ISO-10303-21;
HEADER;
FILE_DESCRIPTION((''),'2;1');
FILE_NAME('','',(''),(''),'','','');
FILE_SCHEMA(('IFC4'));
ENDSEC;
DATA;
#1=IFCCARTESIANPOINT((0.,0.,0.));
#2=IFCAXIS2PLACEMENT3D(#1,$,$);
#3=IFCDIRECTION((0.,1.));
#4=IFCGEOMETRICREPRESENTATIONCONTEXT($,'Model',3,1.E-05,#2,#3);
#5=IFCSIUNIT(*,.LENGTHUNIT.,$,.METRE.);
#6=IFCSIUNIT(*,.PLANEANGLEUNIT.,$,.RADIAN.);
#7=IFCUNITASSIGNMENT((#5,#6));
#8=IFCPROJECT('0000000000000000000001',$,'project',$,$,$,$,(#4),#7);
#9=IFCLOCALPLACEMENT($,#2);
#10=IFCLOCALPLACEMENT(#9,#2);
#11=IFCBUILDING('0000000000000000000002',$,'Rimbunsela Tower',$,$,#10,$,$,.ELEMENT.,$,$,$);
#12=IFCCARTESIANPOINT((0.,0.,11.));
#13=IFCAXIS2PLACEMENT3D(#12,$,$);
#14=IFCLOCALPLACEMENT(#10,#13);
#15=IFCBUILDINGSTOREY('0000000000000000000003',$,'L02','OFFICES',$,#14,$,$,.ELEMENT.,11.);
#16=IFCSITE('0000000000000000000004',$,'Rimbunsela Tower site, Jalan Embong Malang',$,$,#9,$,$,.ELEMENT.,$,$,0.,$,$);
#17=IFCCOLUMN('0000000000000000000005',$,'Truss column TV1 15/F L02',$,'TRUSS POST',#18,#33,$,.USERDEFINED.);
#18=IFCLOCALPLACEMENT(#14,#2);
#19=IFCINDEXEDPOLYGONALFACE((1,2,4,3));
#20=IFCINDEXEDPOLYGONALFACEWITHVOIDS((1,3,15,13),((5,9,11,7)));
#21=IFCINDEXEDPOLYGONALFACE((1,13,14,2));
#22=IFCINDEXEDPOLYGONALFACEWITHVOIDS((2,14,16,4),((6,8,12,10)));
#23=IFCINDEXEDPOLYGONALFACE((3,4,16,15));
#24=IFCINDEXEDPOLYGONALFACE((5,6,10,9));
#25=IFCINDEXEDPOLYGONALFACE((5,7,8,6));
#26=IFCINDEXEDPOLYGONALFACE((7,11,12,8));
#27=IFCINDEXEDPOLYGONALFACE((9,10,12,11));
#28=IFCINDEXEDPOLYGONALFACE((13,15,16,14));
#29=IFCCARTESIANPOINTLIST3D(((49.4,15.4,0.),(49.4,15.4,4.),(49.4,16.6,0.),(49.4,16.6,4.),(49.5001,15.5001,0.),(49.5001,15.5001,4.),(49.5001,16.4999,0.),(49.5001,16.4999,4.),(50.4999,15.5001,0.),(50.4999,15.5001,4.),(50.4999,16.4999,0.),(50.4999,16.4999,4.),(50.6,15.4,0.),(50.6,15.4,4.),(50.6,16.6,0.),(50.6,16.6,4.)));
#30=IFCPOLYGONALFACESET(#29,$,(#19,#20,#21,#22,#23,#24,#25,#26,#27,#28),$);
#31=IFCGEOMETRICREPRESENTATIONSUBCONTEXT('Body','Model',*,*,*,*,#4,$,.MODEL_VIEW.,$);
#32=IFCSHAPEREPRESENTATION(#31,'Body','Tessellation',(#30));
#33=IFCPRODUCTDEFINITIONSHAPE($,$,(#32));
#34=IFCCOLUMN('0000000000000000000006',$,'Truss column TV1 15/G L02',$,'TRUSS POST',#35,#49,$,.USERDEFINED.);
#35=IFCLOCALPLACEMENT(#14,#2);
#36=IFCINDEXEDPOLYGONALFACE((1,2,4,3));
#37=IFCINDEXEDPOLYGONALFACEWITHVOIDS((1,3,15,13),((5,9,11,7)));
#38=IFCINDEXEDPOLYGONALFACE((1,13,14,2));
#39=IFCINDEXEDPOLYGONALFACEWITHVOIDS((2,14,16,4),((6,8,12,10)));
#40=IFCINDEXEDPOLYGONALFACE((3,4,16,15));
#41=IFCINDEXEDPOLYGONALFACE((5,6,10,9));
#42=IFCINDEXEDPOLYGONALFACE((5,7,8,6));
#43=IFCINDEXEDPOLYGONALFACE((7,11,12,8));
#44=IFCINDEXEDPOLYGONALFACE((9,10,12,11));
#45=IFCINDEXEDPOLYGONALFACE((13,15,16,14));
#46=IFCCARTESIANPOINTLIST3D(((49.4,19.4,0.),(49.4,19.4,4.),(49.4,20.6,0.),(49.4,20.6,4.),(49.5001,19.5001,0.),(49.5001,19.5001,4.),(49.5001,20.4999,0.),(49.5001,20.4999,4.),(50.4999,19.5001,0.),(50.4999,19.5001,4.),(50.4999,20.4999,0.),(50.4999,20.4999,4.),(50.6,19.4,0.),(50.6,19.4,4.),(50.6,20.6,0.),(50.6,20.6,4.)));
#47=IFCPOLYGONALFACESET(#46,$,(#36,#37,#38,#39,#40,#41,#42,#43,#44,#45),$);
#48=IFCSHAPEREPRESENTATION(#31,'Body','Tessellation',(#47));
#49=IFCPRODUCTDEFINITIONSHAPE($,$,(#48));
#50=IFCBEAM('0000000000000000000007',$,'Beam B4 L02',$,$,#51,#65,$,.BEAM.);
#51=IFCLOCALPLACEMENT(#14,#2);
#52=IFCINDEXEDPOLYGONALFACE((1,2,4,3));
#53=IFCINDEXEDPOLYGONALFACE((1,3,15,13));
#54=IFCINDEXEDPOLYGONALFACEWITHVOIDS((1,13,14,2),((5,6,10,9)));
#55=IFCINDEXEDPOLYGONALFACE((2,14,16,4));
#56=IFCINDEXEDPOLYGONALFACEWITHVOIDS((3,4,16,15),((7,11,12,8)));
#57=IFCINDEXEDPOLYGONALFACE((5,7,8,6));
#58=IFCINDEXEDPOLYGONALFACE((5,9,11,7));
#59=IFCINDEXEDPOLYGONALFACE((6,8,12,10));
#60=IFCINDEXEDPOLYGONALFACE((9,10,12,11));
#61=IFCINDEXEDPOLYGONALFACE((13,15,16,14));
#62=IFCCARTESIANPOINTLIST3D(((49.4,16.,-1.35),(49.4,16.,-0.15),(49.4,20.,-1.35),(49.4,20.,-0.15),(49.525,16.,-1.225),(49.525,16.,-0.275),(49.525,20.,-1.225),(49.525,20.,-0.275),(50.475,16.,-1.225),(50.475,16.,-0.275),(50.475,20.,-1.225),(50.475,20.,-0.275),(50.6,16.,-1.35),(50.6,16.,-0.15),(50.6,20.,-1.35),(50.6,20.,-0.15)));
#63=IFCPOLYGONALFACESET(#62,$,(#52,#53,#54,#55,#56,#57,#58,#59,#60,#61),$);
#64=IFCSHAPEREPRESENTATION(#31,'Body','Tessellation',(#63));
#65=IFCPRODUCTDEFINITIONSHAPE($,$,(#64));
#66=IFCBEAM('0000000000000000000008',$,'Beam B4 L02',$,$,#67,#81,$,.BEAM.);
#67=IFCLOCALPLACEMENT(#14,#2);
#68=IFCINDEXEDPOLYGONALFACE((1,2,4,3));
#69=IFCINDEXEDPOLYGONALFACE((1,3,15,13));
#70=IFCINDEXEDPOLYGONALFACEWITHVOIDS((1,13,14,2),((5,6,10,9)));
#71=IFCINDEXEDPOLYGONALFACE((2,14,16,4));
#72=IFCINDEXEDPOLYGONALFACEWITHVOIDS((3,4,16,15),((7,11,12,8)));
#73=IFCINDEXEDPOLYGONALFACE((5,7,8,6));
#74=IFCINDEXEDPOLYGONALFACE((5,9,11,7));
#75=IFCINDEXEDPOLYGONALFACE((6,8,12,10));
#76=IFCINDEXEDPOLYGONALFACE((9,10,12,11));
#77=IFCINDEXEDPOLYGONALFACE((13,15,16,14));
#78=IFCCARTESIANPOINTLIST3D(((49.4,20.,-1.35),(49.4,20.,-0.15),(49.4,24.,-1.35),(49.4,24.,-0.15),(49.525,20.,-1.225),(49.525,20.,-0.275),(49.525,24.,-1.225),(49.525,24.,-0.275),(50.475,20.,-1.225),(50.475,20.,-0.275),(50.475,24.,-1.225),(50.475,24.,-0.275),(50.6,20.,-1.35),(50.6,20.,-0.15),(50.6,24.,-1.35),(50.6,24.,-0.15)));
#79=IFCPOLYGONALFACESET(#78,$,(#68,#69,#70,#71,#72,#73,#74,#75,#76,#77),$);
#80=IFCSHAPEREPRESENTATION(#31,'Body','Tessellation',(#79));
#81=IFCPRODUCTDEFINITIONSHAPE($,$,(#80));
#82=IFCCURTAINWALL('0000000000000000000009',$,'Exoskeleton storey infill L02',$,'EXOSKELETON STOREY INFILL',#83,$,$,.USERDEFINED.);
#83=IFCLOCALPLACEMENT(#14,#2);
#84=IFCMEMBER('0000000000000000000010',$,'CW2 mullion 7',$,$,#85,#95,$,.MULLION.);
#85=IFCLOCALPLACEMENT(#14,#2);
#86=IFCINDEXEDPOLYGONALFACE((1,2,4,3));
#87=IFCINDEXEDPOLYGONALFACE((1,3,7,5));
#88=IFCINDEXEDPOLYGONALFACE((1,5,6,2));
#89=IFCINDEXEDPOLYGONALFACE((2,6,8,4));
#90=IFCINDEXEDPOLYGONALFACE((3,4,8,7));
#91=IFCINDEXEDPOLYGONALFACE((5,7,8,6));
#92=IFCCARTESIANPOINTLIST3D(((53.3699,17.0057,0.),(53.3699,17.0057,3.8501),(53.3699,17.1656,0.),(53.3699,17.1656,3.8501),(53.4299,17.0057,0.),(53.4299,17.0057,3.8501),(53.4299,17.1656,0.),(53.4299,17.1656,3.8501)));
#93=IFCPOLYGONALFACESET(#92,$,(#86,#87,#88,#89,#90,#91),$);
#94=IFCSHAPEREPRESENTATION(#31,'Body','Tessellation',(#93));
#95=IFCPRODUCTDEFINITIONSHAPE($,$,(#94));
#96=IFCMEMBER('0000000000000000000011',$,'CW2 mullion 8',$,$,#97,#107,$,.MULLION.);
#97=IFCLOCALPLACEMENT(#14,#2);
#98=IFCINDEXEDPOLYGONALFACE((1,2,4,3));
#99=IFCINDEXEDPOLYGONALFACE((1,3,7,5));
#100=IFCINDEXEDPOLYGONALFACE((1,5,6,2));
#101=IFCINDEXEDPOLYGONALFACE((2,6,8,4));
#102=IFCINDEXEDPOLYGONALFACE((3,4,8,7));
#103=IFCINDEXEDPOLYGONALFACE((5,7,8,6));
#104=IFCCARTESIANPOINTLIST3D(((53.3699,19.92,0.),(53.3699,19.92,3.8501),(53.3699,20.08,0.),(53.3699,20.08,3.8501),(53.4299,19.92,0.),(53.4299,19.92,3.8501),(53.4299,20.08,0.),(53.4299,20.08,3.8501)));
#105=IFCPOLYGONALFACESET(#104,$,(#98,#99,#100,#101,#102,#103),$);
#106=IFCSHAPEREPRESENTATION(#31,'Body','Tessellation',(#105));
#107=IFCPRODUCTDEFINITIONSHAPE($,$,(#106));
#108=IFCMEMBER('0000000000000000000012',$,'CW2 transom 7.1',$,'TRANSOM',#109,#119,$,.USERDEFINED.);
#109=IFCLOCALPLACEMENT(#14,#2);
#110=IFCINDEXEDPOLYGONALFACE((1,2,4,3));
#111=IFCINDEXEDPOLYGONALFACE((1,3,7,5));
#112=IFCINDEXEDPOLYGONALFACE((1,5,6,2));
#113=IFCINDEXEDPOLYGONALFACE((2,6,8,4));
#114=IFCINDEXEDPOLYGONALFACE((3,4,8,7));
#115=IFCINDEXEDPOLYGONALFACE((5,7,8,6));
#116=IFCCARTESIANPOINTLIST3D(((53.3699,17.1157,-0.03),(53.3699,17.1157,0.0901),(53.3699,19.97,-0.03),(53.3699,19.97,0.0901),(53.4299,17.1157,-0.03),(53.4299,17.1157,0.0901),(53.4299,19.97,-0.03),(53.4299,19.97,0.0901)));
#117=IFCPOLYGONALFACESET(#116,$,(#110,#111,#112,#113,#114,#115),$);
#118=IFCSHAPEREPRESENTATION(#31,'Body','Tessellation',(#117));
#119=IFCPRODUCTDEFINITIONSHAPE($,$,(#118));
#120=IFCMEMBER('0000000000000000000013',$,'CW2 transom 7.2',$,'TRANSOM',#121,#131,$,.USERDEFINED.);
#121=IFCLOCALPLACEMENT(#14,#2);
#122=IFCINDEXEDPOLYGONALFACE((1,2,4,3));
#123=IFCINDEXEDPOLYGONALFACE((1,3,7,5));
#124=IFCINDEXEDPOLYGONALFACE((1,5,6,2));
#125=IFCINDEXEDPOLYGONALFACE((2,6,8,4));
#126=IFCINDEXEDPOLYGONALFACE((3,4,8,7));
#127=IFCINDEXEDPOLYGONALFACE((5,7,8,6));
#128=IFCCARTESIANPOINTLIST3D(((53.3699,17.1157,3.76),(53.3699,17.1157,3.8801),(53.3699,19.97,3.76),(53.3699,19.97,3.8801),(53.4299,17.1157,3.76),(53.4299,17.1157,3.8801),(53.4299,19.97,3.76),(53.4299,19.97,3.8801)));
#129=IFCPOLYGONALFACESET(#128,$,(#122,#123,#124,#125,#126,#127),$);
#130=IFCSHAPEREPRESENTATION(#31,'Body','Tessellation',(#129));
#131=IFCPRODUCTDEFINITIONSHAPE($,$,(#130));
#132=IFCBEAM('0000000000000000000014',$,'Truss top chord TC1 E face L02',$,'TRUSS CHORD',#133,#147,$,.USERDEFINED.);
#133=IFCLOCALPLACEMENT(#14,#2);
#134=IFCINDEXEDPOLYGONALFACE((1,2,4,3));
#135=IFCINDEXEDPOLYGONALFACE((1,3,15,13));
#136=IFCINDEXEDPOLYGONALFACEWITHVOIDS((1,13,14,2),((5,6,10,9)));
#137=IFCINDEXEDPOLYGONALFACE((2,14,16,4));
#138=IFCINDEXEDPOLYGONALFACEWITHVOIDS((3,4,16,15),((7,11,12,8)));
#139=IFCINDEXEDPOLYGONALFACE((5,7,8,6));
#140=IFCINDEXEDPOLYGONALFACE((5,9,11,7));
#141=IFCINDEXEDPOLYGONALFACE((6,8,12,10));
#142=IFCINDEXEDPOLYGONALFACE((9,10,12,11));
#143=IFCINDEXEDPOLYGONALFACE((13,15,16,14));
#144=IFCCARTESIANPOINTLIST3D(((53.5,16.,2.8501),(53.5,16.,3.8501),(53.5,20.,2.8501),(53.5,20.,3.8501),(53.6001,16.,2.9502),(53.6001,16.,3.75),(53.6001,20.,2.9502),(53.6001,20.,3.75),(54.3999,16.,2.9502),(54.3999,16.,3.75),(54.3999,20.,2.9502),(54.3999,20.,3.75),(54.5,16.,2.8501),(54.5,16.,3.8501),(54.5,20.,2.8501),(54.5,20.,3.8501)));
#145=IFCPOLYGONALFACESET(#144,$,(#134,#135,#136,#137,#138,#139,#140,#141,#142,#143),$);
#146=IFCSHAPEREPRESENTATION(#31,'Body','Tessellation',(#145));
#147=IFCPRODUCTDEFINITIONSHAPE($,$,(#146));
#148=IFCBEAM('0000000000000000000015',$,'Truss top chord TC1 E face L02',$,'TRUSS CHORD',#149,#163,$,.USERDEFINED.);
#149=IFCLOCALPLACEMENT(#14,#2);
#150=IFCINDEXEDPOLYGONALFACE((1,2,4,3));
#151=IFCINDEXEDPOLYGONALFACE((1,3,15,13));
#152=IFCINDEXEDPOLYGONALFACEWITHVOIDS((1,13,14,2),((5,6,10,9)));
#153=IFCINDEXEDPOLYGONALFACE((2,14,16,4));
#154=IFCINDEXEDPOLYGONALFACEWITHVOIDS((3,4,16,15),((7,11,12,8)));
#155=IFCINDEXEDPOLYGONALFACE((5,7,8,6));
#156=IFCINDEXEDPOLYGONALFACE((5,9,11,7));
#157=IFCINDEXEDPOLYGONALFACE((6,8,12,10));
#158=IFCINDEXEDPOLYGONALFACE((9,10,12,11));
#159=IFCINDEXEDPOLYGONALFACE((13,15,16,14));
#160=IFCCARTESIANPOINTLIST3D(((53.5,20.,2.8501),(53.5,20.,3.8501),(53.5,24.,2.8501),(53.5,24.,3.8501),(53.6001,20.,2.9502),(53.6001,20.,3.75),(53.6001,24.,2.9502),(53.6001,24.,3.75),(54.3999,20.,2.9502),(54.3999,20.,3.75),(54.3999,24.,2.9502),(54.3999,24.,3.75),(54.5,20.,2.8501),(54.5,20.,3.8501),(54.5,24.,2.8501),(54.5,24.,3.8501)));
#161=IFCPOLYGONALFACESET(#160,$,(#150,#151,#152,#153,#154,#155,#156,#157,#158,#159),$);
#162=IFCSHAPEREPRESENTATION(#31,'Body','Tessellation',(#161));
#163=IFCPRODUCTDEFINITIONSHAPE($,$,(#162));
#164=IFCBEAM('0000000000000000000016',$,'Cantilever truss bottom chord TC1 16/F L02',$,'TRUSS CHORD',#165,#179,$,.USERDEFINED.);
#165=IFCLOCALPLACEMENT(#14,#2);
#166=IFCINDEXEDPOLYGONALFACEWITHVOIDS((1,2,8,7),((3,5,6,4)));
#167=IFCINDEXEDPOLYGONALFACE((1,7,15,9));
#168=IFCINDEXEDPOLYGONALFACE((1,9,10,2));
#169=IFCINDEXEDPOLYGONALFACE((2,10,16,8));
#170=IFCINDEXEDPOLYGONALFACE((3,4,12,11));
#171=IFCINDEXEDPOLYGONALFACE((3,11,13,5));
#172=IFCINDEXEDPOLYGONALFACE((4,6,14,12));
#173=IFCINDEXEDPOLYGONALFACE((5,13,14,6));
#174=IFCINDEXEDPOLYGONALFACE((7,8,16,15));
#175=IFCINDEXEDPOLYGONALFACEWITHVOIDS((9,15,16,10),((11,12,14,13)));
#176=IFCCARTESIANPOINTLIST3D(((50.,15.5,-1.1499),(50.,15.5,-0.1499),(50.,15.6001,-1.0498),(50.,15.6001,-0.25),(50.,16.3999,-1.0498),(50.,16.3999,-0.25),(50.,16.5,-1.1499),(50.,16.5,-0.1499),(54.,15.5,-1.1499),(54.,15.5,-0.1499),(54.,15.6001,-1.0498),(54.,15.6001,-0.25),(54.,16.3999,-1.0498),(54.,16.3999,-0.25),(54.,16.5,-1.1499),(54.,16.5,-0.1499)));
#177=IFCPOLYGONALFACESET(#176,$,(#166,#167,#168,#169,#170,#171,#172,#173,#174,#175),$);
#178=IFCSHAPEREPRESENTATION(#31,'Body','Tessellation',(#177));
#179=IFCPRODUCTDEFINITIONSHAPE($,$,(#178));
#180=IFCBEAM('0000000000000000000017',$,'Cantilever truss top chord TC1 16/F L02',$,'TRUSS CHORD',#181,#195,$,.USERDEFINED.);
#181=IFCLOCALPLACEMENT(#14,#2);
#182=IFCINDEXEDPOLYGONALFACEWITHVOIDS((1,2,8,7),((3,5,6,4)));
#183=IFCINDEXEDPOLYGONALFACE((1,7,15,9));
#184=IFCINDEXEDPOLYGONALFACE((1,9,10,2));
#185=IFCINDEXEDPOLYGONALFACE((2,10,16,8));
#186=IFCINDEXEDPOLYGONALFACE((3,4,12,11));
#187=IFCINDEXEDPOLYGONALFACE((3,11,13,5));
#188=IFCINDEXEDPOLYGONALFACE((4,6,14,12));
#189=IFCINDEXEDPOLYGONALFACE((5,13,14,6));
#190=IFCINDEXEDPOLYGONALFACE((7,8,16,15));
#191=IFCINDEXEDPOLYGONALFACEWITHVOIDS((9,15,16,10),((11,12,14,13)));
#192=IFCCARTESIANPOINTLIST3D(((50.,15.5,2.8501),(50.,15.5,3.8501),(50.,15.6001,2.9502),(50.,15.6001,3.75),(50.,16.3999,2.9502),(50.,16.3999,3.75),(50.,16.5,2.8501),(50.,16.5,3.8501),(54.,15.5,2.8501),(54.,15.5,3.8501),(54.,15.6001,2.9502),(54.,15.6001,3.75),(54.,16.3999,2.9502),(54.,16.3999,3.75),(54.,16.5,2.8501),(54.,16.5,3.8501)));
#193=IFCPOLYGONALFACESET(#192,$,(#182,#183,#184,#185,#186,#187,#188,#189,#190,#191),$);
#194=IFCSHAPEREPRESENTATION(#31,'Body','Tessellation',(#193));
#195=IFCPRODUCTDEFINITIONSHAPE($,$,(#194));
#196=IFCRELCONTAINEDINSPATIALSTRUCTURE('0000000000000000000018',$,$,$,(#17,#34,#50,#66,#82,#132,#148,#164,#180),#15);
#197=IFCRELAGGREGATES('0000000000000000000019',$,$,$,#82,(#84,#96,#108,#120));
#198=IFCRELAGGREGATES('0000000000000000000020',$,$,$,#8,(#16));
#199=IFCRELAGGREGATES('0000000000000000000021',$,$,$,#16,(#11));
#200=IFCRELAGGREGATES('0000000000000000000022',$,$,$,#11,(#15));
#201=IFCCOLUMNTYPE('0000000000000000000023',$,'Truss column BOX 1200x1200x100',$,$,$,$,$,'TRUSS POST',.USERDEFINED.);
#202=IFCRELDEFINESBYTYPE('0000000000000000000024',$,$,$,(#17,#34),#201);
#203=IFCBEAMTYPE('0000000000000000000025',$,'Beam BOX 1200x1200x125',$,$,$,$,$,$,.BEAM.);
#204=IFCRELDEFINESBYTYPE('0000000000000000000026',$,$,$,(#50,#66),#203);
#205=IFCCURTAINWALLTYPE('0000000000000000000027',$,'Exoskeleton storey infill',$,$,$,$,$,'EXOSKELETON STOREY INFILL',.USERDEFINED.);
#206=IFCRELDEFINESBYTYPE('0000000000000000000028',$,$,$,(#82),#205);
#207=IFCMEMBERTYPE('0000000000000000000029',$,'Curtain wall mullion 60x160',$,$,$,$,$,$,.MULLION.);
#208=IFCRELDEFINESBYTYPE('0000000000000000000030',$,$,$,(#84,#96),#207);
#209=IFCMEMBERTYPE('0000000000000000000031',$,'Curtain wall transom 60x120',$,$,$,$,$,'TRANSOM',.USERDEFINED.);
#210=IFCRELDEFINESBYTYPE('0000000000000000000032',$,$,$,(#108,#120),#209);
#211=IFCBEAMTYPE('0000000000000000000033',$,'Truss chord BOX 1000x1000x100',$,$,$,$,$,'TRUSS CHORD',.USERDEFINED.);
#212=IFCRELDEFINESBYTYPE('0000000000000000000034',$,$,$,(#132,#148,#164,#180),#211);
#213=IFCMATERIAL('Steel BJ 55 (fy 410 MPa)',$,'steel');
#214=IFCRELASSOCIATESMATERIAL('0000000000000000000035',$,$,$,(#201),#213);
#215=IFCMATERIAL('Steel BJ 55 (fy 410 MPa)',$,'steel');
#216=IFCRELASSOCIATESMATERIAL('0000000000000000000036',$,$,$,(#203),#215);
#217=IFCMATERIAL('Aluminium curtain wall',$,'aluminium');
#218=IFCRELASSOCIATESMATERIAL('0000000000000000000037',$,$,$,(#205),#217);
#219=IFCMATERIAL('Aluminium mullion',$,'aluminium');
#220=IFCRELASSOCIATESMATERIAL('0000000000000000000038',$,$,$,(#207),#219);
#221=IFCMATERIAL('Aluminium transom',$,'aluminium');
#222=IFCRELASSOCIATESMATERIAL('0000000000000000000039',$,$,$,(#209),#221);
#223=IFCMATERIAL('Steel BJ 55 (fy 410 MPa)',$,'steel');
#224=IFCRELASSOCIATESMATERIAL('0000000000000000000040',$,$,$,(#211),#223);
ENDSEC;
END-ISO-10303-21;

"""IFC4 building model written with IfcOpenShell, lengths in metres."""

from ifc_helpers import new_model, si_unit, direction, frame, origin, origin_2d, place, context, subcontext, project, spatial, rectangle, hollow_rectangle, extrude, material, material_profile, profile_set, type_object, element, aggregate, save


model = new_model("IFC4")

# Units and contexts
model_context = context("Model", 3, precision=1e-05, world=origin(), true_north=direction((0.0, 1.0)))
body_context = subcontext(model_context, "Body", "Model", "MODEL_VIEW")
ifc_project = project(units=[si_unit("LENGTHUNIT", "METRE"), si_unit("PLANEANGLEUNIT", "RADIAN")], contexts=[model_context])

# Site, building, storey
site_placement = place(None, origin())
site = spatial("IfcSite", under=ifc_project, at=site_placement, Name="Rimbunsela Tower site, Jalan Embong Malang", CompositionType="ELEMENT", RefElevation=0.0)
building_placement = place(site_placement, origin())
building = spatial("IfcBuilding", under=site, at=building_placement, Name="Rimbunsela Tower", CompositionType="ELEMENT")
storey_placement = place(building_placement, frame((0.0, 0.0, 11.0)))
storey = spatial("IfcBuildingStorey", under=building, at=storey_placement, Name="L02", Description="OFFICES", CompositionType="ELEMENT", Elevation=11.0)

# Columns
ifc_material_1 = material(Name="Steel BJ 55 (fy 410 MPa)", Category="steel")
ifc_material_profile_1 = material_profile(ifc_material_1, hollow_rectangle(XDim=1.2, YDim=1.2, WallThickness=0.1001, at=origin_2d()), Name="BOX 1200x1200x100")
ifc_profile_set_1 = profile_set([ifc_material_profile_1], Name="Steel BJ 55 (fy 410 MPa)")
column_type = type_object("IfcColumnType", Name="Truss column BOX 1200x1200x100", ElementType="TRUSS POST", PredefinedType="USERDEFINED", material=ifc_profile_set_1)
for number, where, z_axis, x_axis, name in (
    (1, (50.0, 16.0, 0.0), (0.0, 0.0, 1.0), (1.0, 0.0, 0.0), "Truss column TV1 15/F L02"),
    (2, (50.0, 20.0, 0.0), (0.0, 0.0, 1.0), (1.0, 0.0, 0.0), "Truss column TV1 15/G L02"),
):
    element("IfcColumn", number, at=place(storey_placement, frame(where, z_axis=z_axis, x_axis=x_axis)), inside=storey, type_object=column_type, Name=name, ObjectType="TRUSS POST", PredefinedType="USERDEFINED", context=body_context, shape_type="SweptSolid", body=[
        extrude(hollow_rectangle(XDim=1.2, YDim=1.2, WallThickness=0.1001, at=origin_2d()), origin(), (0.0, 0.0, 1.0), 4.0),
    ])

# Beams
ifc_material_2 = material(Name="Steel BJ 55 (fy 410 MPa)", Category="steel")
ifc_material_profile_2 = material_profile(ifc_material_2, hollow_rectangle(XDim=1.2, YDim=1.2, WallThickness=0.125, at=origin_2d()), Name="BOX 1200x1200x125")
ifc_profile_set_2 = profile_set([ifc_material_profile_2], Name="Steel BJ 55 (fy 410 MPa)")
beam_type_1 = type_object("IfcBeamType", Name="Beam BOX 1200x1200x125", PredefinedType="BEAM", material=ifc_profile_set_2)
for number, where, z_axis, x_axis, name in (
    (3, (50.0, 16.0, -0.75), (0.0, 1.0, 0.0), (-1.0, 0.0, 0.0), "Beam B4 L02"),
    (4, (50.0, 20.0, -0.75), (0.0, 1.0, 0.0), (-1.0, 0.0, 0.0), "Beam B4 L02"),
):
    element("IfcBeam", number, at=place(storey_placement, frame(where, z_axis=z_axis, x_axis=x_axis)), inside=storey, type_object=beam_type_1, Name=name, PredefinedType="BEAM", context=body_context, shape_type="SweptSolid", body=[
        extrude(hollow_rectangle(XDim=1.2, YDim=1.2, WallThickness=0.125, at=origin_2d()), origin(), (0.0, 0.0, 1.0), 4.0),
    ])

# Curtain wall, members
ifc_material_3 = material(Name="Aluminium curtain wall", Category="aluminium")
curtain_wall_type = type_object("IfcCurtainWallType", Name="Exoskeleton storey infill", ElementType="EXOSKELETON STOREY INFILL", PredefinedType="USERDEFINED", material=ifc_material_3)
curtain_wall_placement = place(storey_placement, origin())
curtain_wall = element("IfcCurtainWall", 5, at=curtain_wall_placement, inside=storey, type_object=curtain_wall_type, Name="Exoskeleton storey infill L02", ObjectType="EXOSKELETON STOREY INFILL", PredefinedType="USERDEFINED")
ifc_material_4 = material(Name="Aluminium mullion", Category="aluminium")
ifc_material_profile_3 = material_profile(ifc_material_4, rectangle(XDim=0.0601, YDim=0.1599, at=origin_2d()), Name="Mullion 60x160")
ifc_profile_set_3 = profile_set([ifc_material_profile_3], Name="Aluminium mullion")
member_type_1 = type_object("IfcMemberType", Name="Curtain wall mullion 60x160", PredefinedType="MULLION", material=ifc_profile_set_3)
member_1_placement = place(storey_placement, frame((53.3999, 17.0857, 0.0), z_axis=(0.0, 0.0, 1.0), x_axis=(-1.0, 0.0, 0.0)))
member_1 = element("IfcMember", 6, at=member_1_placement, type_object=member_type_1, Name="CW2 mullion 7", PredefinedType="MULLION", context=body_context, shape_type="SweptSolid", body=[
    extrude(rectangle(XDim=0.0601, YDim=0.1599, at=origin_2d()), origin(), (0.0, 0.0, 1.0), 3.8501),
])
member_2_placement = place(storey_placement, frame((53.3999, 20.0, 0.0), z_axis=(0.0, 0.0, 1.0), x_axis=(-1.0, 0.0, 0.0)))
member_2 = element("IfcMember", 7, at=member_2_placement, type_object=member_type_1, Name="CW2 mullion 8", PredefinedType="MULLION", context=body_context, shape_type="SweptSolid", body=[
    extrude(rectangle(XDim=0.0601, YDim=0.1599, at=origin_2d()), origin(), (0.0, 0.0, 1.0), 3.8501),
])
ifc_material_5 = material(Name="Aluminium transom", Category="aluminium")
ifc_material_profile_4 = material_profile(ifc_material_5, rectangle(XDim=0.0601, YDim=0.1201, at=origin_2d()), Name="Transom 60x120")
ifc_profile_set_4 = profile_set([ifc_material_profile_4], Name="Aluminium transom")
member_type_2 = type_object("IfcMemberType", Name="Curtain wall transom 60x120", ElementType="TRANSOM", PredefinedType="USERDEFINED", material=ifc_profile_set_4)
member_3_placement = place(storey_placement, frame((53.3999, 17.1157, 0.03), z_axis=(0.0, 1.0, 0.0), x_axis=(-1.0, 0.0, 0.0)))
member_3 = element("IfcMember", 8, at=member_3_placement, type_object=member_type_2, Name="CW2 transom 7.1", ObjectType="TRANSOM", PredefinedType="USERDEFINED", context=body_context, shape_type="SweptSolid", body=[
    extrude(rectangle(XDim=0.0601, YDim=0.1201, at=origin_2d()), origin(), (0.0, 0.0, 1.0), 2.8542),
])
member_4_placement = place(storey_placement, frame((53.3999, 17.1157, 3.8201), z_axis=(0.0, 1.0, 0.0), x_axis=(-1.0, 0.0, 0.0)))
member_4 = element("IfcMember", 9, at=member_4_placement, type_object=member_type_2, Name="CW2 transom 7.2", ObjectType="TRANSOM", PredefinedType="USERDEFINED", context=body_context, shape_type="SweptSolid", body=[
    extrude(rectangle(XDim=0.0601, YDim=0.1201, at=origin_2d()), origin(), (0.0, 0.0, 1.0), 2.8542),
])

# Beams
ifc_material_6 = material(Name="Steel BJ 55 (fy 410 MPa)", Category="steel")
ifc_material_profile_5 = material_profile(ifc_material_6, hollow_rectangle(XDim=1.0, YDim=1.0, WallThickness=0.1001, at=origin_2d()), Name="BOX 1000x1000x100")
ifc_profile_set_5 = profile_set([ifc_material_profile_5], Name="Steel BJ 55 (fy 410 MPa)")
beam_type_2 = type_object("IfcBeamType", Name="Truss chord BOX 1000x1000x100", ElementType="TRUSS CHORD", PredefinedType="USERDEFINED", material=ifc_profile_set_5)
for number, where, z_axis, x_axis, name in (
    (10, (54.0, 16.0, 3.3501), (0.0, 1.0, 0.0), (-1.0, 0.0, 0.0), "Truss top chord TC1 E face L02"),
    (11, (54.0, 20.0, 3.3501), (0.0, 1.0, 0.0), (-1.0, 0.0, 0.0), "Truss top chord TC1 E face L02"),
    (12, (50.0, 16.0, -0.6499), (1.0, 0.0, 0.0), (0.0, 1.0, 0.0), "Cantilever truss bottom chord TC1 16/F L02"),
    (13, (50.0, 16.0, 3.3501), (1.0, 0.0, 0.0), (0.0, 1.0, 0.0), "Cantilever truss top chord TC1 16/F L02"),
):
    element("IfcBeam", number, at=place(storey_placement, frame(where, z_axis=z_axis, x_axis=x_axis)), inside=storey, type_object=beam_type_2, Name=name, ObjectType="TRUSS CHORD", PredefinedType="USERDEFINED", context=body_context, shape_type="SweptSolid", body=[
        extrude(hollow_rectangle(XDim=1.0, YDim=1.0, WallThickness=0.1001, at=origin_2d()), origin(), (0.0, 0.0, 1.0), 4.0),
    ])

aggregate(curtain_wall, [member_1, member_2, member_3, member_4])

save(model, "model.ifc")
